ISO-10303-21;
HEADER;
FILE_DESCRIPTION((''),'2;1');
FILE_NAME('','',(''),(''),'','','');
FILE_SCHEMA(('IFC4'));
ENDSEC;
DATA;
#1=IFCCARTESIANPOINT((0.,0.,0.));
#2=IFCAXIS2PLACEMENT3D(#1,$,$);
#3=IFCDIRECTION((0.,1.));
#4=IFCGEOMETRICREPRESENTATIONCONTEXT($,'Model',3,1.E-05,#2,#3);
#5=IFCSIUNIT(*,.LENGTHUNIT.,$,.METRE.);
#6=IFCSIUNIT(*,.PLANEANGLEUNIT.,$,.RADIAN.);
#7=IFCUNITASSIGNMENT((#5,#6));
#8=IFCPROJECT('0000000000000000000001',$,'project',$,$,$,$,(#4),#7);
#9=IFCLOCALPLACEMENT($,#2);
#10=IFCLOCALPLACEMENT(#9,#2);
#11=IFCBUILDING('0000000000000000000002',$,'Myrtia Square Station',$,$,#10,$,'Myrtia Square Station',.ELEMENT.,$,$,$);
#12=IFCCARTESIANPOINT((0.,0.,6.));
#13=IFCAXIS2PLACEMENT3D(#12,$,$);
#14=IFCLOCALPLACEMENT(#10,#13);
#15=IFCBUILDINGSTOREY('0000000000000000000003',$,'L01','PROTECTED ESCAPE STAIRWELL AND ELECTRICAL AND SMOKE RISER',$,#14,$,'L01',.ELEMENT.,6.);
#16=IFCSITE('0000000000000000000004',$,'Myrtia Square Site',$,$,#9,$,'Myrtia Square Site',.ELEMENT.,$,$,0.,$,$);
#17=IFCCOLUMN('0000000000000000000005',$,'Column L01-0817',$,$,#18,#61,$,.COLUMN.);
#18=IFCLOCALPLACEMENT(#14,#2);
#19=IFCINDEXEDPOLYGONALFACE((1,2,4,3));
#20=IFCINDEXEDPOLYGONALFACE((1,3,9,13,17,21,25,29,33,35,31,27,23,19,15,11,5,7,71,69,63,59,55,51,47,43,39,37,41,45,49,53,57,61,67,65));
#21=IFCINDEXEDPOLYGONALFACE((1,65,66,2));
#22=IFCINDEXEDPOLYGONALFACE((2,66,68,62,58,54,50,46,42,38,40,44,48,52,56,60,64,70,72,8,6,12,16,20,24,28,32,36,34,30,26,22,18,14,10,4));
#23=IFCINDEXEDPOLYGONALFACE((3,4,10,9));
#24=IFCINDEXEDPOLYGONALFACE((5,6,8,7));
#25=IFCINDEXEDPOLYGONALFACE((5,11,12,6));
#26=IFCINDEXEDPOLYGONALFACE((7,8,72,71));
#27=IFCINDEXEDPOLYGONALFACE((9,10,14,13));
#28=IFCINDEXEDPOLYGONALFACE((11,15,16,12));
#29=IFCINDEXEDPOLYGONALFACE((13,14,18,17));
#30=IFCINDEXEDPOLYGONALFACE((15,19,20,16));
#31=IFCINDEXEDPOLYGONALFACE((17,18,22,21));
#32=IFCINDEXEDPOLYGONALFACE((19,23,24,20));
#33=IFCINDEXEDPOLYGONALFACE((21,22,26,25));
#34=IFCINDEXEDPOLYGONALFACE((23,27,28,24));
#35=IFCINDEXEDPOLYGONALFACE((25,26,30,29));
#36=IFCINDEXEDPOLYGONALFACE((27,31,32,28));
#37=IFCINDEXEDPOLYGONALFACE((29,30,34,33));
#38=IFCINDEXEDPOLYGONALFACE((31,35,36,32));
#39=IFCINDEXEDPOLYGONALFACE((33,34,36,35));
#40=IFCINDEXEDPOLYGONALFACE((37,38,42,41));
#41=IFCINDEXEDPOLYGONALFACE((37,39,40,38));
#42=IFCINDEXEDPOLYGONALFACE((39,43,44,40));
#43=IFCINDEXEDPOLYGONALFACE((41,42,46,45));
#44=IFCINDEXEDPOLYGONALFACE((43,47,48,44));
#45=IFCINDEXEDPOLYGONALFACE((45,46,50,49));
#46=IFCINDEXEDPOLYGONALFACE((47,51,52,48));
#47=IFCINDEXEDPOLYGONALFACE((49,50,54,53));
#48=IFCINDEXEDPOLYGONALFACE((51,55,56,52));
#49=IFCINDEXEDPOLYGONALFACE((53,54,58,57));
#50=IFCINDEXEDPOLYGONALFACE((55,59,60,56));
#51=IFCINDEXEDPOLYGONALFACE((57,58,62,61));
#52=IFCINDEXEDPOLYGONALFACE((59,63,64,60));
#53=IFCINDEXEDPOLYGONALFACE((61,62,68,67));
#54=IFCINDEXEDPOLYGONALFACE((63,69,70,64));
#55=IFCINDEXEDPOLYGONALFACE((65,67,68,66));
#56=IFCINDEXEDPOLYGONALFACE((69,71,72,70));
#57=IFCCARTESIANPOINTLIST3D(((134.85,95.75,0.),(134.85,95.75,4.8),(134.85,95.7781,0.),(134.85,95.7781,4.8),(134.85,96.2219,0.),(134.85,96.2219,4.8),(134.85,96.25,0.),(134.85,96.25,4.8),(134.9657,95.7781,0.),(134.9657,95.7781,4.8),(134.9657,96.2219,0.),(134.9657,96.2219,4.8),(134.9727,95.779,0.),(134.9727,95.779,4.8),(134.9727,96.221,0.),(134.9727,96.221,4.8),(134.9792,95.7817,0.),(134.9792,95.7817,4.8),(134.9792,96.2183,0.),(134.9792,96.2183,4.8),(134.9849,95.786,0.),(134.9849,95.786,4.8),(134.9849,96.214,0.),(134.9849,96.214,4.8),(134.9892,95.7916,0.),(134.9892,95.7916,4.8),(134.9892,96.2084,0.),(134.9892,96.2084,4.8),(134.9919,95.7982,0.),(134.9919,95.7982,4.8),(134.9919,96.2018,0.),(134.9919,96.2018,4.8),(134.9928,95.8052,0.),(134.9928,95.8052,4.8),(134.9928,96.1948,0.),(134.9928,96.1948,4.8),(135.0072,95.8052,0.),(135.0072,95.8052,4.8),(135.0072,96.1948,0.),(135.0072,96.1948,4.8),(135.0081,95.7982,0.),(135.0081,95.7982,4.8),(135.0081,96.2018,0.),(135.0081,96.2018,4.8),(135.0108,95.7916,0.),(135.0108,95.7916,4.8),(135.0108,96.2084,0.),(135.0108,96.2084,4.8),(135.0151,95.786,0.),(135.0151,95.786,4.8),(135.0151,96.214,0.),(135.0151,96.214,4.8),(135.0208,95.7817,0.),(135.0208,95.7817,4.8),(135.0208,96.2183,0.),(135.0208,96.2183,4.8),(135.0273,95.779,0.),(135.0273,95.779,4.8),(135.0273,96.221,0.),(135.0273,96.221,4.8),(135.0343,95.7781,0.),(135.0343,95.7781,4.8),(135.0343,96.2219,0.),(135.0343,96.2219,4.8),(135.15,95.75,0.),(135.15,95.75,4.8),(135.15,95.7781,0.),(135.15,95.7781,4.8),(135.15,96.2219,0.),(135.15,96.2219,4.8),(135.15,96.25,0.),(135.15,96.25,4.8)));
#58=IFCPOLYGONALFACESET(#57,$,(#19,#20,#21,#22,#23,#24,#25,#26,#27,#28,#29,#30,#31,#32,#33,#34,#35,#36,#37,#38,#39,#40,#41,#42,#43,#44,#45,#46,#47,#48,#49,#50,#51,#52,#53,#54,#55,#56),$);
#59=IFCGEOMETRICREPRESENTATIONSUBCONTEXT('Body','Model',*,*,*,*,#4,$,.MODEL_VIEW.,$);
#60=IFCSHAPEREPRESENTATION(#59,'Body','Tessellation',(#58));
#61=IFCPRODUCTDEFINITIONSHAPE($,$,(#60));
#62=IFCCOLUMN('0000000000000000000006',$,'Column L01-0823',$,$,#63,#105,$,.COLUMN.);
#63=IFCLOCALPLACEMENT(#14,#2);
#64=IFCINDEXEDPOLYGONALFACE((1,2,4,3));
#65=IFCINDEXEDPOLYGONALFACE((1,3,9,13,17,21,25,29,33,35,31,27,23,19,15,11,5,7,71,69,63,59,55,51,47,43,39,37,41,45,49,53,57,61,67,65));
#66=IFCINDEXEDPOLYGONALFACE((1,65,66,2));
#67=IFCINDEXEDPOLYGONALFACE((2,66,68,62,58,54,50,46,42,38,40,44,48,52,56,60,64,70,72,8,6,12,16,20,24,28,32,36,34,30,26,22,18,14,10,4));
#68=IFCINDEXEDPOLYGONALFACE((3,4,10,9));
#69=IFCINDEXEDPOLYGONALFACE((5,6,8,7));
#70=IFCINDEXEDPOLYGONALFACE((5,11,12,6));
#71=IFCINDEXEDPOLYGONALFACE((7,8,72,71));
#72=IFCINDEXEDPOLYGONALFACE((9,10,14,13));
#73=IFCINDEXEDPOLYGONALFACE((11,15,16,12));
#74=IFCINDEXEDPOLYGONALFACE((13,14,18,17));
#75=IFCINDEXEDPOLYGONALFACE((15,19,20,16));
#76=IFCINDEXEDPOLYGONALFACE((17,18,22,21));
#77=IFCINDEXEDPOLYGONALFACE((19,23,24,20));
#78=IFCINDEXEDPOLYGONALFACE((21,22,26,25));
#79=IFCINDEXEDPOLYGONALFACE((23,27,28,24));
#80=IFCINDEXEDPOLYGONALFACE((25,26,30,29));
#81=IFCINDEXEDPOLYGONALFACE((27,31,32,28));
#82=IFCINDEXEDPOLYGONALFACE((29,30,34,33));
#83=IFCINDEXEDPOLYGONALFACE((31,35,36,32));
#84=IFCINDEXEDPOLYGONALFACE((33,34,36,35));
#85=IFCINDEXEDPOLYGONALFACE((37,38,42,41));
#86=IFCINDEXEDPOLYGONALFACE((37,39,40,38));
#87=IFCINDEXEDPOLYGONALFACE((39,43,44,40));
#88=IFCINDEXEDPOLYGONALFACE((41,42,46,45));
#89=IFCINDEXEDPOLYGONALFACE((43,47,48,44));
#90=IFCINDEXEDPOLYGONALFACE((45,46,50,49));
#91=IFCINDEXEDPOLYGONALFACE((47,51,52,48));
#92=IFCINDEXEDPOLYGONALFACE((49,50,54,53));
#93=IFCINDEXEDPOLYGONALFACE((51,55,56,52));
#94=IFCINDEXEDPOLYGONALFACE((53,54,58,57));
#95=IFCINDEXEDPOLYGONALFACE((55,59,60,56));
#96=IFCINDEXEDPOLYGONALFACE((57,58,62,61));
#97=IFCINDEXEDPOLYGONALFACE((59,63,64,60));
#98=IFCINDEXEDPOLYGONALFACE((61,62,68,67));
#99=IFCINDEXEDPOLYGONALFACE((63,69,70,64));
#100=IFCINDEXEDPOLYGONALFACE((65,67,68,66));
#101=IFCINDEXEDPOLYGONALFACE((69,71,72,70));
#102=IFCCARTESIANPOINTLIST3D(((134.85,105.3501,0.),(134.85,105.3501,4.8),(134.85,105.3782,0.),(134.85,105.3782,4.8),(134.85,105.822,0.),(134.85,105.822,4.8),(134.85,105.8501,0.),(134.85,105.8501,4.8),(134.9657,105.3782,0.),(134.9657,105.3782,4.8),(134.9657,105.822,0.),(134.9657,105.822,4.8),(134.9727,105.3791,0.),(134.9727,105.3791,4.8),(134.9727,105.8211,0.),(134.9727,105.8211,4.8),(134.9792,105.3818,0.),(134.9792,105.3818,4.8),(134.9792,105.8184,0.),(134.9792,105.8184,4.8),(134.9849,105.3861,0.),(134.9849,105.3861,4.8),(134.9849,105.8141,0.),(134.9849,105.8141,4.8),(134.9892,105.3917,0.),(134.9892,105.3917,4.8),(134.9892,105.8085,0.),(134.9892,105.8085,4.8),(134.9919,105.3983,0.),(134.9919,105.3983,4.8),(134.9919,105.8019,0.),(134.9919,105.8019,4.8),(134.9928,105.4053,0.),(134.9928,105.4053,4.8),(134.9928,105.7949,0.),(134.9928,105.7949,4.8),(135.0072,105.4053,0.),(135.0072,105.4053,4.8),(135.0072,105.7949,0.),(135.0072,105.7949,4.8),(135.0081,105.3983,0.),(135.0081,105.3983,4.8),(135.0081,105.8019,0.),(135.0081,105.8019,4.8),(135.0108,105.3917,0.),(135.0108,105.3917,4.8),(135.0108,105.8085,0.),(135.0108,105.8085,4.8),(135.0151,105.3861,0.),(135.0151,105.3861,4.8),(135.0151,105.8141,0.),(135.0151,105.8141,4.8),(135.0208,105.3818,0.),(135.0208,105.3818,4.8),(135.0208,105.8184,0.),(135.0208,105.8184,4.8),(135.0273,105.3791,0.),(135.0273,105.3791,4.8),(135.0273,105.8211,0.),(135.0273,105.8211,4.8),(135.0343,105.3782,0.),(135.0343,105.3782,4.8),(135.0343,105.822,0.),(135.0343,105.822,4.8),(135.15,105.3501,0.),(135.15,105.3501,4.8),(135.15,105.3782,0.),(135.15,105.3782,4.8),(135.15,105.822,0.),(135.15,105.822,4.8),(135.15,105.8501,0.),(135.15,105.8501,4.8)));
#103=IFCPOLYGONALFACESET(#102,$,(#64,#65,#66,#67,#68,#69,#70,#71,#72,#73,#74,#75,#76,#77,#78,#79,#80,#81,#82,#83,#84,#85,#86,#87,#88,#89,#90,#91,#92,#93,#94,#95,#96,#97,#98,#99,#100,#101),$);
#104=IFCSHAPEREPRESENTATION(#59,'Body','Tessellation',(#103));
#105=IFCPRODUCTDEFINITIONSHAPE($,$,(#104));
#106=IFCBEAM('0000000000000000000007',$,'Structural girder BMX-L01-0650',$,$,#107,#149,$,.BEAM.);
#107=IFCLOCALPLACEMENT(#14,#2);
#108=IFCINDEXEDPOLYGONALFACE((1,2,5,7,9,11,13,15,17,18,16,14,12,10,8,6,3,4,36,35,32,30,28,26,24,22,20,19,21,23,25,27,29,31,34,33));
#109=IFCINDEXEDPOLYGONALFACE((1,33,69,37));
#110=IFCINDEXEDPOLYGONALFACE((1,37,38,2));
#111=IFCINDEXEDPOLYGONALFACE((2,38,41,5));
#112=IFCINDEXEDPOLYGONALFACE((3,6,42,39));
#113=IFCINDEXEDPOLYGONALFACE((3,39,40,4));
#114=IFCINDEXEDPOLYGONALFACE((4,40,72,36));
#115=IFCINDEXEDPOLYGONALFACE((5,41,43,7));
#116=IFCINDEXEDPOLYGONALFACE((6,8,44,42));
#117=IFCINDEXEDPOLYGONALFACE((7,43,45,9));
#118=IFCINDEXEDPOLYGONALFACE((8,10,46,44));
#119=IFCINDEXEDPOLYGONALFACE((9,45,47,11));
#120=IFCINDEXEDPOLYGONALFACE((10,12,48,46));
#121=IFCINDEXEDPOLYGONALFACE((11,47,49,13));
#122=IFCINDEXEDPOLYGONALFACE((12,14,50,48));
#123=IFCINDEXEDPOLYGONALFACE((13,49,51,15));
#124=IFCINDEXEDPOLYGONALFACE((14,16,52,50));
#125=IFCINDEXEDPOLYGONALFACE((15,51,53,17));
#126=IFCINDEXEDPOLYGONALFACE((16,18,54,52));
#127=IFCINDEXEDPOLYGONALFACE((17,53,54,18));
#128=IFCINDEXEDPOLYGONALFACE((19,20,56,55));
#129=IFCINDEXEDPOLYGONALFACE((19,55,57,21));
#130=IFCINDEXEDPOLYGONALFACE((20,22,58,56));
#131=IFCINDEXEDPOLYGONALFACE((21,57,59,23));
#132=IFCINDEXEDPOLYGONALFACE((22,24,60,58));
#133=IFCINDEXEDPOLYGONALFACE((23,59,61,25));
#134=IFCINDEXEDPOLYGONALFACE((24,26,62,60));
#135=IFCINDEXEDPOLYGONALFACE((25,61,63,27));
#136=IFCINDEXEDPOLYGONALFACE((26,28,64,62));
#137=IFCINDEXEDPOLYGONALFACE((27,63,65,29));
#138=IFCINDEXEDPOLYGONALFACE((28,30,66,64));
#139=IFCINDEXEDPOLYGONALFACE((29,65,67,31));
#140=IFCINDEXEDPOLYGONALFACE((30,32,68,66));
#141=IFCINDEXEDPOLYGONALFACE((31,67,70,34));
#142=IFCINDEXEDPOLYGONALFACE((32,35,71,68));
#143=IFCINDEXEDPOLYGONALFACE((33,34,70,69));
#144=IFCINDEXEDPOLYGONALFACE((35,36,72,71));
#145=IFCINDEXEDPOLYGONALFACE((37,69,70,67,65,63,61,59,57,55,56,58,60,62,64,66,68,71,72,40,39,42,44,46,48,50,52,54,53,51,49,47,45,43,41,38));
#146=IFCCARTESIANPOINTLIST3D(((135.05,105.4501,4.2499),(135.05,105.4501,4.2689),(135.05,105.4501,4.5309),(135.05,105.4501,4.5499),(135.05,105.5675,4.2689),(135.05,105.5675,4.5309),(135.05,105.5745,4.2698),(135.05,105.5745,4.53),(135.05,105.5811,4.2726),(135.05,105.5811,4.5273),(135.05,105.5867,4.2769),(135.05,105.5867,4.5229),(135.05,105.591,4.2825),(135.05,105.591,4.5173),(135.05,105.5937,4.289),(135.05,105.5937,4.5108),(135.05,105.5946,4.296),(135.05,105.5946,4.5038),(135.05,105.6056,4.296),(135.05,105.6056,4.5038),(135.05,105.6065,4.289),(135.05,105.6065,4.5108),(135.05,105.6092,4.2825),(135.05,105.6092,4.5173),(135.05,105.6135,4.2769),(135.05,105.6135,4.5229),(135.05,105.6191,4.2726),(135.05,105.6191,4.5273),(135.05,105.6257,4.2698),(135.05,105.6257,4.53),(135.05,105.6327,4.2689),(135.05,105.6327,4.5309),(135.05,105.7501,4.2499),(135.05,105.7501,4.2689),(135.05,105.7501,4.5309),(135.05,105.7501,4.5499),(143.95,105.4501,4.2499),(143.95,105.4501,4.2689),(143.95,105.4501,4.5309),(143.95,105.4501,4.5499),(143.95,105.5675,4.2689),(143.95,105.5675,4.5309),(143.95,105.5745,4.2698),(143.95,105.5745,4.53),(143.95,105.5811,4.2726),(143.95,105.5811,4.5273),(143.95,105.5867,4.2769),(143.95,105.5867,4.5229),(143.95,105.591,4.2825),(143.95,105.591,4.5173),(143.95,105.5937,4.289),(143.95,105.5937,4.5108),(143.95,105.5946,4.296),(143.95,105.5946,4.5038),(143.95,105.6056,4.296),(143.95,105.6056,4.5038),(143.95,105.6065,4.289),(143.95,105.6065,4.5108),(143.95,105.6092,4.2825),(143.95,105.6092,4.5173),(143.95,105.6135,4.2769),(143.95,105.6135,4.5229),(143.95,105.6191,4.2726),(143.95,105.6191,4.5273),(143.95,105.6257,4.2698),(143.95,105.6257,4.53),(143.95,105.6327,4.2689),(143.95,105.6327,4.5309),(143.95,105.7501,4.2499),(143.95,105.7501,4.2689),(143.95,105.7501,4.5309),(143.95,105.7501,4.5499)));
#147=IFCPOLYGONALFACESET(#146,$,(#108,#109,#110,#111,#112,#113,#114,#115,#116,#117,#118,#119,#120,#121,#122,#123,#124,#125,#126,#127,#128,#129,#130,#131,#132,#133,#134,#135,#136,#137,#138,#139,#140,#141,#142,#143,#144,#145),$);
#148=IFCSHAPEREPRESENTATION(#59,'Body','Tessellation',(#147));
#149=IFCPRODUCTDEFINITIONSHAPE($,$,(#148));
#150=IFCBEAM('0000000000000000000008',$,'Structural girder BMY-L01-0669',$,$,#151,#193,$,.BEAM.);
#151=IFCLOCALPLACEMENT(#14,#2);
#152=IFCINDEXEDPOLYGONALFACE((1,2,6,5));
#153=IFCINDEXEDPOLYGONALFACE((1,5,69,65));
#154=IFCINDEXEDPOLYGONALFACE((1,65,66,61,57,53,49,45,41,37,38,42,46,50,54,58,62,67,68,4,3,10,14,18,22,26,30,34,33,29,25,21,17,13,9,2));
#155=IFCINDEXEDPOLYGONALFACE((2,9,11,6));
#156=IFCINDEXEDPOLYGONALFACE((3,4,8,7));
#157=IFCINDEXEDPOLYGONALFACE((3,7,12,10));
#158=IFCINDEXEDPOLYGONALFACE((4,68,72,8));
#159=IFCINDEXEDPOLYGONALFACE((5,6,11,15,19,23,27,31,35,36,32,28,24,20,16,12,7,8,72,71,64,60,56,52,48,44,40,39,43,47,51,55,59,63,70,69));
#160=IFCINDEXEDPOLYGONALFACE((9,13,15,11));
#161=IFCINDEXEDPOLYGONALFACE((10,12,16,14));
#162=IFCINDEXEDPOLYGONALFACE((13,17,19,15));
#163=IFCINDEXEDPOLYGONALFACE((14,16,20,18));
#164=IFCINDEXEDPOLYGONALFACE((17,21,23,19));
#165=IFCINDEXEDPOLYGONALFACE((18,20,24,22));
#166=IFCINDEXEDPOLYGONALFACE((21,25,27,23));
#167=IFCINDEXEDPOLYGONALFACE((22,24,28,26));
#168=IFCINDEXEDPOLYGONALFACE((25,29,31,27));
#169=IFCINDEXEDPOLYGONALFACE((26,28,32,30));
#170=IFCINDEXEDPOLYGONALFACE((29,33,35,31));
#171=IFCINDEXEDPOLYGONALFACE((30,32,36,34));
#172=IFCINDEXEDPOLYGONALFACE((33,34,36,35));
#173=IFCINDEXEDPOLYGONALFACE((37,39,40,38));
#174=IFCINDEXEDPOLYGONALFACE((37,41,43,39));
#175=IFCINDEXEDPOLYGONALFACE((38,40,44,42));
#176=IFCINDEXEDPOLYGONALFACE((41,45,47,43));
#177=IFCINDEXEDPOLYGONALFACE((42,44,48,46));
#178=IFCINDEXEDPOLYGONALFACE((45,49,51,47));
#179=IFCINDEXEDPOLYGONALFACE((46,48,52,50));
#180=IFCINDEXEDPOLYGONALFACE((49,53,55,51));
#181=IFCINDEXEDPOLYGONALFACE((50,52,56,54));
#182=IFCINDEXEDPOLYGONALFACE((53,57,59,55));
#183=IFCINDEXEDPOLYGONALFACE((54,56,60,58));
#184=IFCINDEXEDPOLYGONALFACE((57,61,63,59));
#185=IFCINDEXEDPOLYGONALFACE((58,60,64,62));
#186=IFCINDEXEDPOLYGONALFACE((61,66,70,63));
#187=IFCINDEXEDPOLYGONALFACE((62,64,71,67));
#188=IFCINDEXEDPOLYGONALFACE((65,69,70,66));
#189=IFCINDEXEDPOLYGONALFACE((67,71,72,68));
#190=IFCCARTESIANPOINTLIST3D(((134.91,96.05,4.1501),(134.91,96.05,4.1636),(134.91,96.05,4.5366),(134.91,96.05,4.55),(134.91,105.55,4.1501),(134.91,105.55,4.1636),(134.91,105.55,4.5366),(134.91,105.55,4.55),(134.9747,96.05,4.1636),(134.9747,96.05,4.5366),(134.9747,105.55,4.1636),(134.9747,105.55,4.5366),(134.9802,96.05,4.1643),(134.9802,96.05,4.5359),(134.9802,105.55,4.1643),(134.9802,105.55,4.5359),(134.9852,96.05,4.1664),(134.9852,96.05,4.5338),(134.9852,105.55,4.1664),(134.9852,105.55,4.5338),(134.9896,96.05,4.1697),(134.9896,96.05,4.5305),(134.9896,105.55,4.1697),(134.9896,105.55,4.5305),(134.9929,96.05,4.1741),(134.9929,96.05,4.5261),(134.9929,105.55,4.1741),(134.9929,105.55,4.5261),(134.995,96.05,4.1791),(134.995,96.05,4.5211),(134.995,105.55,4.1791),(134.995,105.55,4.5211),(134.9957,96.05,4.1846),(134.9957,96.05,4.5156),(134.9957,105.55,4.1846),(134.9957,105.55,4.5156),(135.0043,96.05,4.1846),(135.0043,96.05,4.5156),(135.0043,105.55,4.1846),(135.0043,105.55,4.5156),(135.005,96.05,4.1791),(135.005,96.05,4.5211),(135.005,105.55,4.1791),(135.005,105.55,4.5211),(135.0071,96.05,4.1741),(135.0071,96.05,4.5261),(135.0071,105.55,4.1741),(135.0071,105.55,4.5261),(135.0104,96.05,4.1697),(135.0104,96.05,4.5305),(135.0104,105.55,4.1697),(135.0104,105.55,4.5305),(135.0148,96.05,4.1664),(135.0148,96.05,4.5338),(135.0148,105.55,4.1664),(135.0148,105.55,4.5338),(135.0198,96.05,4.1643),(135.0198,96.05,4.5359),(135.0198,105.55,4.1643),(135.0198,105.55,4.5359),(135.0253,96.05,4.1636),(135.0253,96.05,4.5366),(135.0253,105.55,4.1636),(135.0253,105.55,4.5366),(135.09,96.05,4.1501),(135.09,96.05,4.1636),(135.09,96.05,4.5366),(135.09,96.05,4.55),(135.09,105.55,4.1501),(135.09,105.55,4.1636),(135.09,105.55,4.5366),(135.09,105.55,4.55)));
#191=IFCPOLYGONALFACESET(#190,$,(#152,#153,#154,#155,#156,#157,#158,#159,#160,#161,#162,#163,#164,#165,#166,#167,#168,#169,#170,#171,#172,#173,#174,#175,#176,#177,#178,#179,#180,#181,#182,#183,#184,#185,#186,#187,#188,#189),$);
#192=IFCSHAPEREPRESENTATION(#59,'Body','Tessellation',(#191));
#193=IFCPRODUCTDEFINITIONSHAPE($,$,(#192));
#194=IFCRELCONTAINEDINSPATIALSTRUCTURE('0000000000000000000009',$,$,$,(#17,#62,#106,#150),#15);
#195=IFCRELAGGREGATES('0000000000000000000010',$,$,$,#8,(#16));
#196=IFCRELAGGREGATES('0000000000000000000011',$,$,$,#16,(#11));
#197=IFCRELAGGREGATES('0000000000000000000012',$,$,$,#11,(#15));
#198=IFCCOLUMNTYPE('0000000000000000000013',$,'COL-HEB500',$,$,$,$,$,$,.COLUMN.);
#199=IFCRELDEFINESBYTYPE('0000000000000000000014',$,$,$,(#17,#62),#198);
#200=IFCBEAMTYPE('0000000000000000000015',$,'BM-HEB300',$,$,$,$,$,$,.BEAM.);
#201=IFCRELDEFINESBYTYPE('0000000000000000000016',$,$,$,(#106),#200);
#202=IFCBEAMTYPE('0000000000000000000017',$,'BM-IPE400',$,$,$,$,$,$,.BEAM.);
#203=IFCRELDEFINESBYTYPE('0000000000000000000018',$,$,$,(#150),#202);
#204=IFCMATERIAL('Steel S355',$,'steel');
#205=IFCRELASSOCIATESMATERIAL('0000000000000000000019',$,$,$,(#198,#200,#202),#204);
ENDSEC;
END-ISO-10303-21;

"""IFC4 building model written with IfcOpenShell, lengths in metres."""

from ifc_helpers import new_model, si_unit, direction, frame, origin, origin_2d, place, context, subcontext, project, spatial, i_section, extrude, material, material_profile, profile_set, type_object, element, save


model = new_model("IFC4")

# Units and contexts
model_context = context("Model", 3, precision=1e-05, world=origin(), true_north=direction((0.0, 1.0)))
body_context = subcontext(model_context, "Body", "Model", "MODEL_VIEW")
ifc_project = project(units=[si_unit("LENGTHUNIT", "METRE"), si_unit("PLANEANGLEUNIT", "RADIAN")], contexts=[model_context])

# Site, building, storey
site_placement = place(None, origin())
site = spatial("IfcSite", under=ifc_project, at=site_placement, Name="Myrtia Square Site", LongName="Myrtia Square Site", CompositionType="ELEMENT", RefElevation=0.0)
building_placement = place(site_placement, origin())
building = spatial("IfcBuilding", under=site, at=building_placement, Name="Myrtia Square Station", LongName="Myrtia Square Station", CompositionType="ELEMENT")
storey_placement = place(building_placement, frame((0.0, 0.0, 6.0)))
storey = spatial("IfcBuildingStorey", under=building, at=storey_placement, Name="L01", Description="PROTECTED ESCAPE STAIRWELL AND ELECTRICAL AND SMOKE RISER", LongName="L01", CompositionType="ELEMENT", Elevation=6.0)

# Columns
ifc_material_1 = material(Name="Steel S355", Category="steel")
ifc_material_profile_1 = material_profile(ifc_material_1, i_section(OverallWidth=0.3, OverallDepth=0.5, WebThickness=0.0144, FlangeThickness=0.0281, FilletRadius=0.0271, at=origin_2d()), Name="HEB 500")
ifc_profile_set_1 = profile_set([ifc_material_profile_1], Name="Steel S355")
column_type = type_object("IfcColumnType", Name="COL-HEB500", PredefinedType="COLUMN", material=ifc_profile_set_1)
for number, where, z_axis, x_axis, name in (
    (1, (135.0, 96.0, 0.0), (0.0, 0.0, 1.0), (1.0, 0.0, 0.0), "Column L01-0817"),
    (2, (135.0, 105.6001, 0.0), (0.0, 0.0, 1.0), (1.0, 0.0, 0.0), "Column L01-0823"),
):
    element("IfcColumn", number, at=place(storey_placement, frame(where, z_axis=z_axis, x_axis=x_axis)), inside=storey, type_object=column_type, Name=name, PredefinedType="COLUMN", context=body_context, shape_type="SweptSolid", body=[
        extrude(i_section(OverallWidth=0.3, OverallDepth=0.5, WebThickness=0.0144, FlangeThickness=0.0281, FilletRadius=0.0271, at=origin_2d()), origin(), (0.0, 0.0, 1.0), 4.8),
    ])

# Beams
ifc_material_profile_2 = material_profile(ifc_material_1, i_section(OverallWidth=0.3, OverallDepth=0.3, WebThickness=0.011, FlangeThickness=0.019, FilletRadius=0.0271, at=origin_2d()), Name="HEB 300")
ifc_profile_set_2 = profile_set([ifc_material_profile_2], Name="Steel S355")
beam_type_1 = type_object("IfcBeamType", Name="BM-HEB300", PredefinedType="BEAM", material=ifc_profile_set_2)
beam_1_placement = place(storey_placement, frame((135.05, 105.6001, 4.3999), z_axis=(1.0, 0.0, 0.0), x_axis=(0.0, 1.0, 0.0)))
element("IfcBeam", 3, at=beam_1_placement, inside=storey, type_object=beam_type_1, Name="Structural girder BMX-L01-0650", PredefinedType="BEAM", context=body_context, shape_type="SweptSolid", body=[
    extrude(i_section(OverallWidth=0.3, OverallDepth=0.3, WebThickness=0.011, FlangeThickness=0.019, FilletRadius=0.0271, at=origin_2d()), origin(), (0.0, 0.0, 1.0), 8.8999),
])
ifc_material_profile_3 = material_profile(ifc_material_1, i_section(OverallWidth=0.1799, OverallDepth=0.3999, WebThickness=0.0085, FlangeThickness=0.0134, FilletRadius=0.021, at=origin_2d()), Name="IPE 400")
ifc_profile_set_3 = profile_set([ifc_material_profile_3], Name="Steel S355")
beam_type_2 = type_object("IfcBeamType", Name="BM-IPE400", PredefinedType="BEAM", material=ifc_profile_set_3)
beam_2_placement = place(storey_placement, frame((135.0, 96.05, 4.3501), z_axis=(0.0, 1.0, 0.0), x_axis=(-1.0, 0.0, 0.0)))
element("IfcBeam", 4, at=beam_2_placement, inside=storey, type_object=beam_type_2, Name="Structural girder BMY-L01-0669", PredefinedType="BEAM", context=body_context, shape_type="SweptSolid", body=[
    extrude(i_section(OverallWidth=0.1799, OverallDepth=0.3999, WebThickness=0.0085, FlangeThickness=0.0134, FilletRadius=0.021, at=origin_2d()), origin(), (0.0, 0.0, 1.0), 9.5),
])

save(model, "model.ifc")
